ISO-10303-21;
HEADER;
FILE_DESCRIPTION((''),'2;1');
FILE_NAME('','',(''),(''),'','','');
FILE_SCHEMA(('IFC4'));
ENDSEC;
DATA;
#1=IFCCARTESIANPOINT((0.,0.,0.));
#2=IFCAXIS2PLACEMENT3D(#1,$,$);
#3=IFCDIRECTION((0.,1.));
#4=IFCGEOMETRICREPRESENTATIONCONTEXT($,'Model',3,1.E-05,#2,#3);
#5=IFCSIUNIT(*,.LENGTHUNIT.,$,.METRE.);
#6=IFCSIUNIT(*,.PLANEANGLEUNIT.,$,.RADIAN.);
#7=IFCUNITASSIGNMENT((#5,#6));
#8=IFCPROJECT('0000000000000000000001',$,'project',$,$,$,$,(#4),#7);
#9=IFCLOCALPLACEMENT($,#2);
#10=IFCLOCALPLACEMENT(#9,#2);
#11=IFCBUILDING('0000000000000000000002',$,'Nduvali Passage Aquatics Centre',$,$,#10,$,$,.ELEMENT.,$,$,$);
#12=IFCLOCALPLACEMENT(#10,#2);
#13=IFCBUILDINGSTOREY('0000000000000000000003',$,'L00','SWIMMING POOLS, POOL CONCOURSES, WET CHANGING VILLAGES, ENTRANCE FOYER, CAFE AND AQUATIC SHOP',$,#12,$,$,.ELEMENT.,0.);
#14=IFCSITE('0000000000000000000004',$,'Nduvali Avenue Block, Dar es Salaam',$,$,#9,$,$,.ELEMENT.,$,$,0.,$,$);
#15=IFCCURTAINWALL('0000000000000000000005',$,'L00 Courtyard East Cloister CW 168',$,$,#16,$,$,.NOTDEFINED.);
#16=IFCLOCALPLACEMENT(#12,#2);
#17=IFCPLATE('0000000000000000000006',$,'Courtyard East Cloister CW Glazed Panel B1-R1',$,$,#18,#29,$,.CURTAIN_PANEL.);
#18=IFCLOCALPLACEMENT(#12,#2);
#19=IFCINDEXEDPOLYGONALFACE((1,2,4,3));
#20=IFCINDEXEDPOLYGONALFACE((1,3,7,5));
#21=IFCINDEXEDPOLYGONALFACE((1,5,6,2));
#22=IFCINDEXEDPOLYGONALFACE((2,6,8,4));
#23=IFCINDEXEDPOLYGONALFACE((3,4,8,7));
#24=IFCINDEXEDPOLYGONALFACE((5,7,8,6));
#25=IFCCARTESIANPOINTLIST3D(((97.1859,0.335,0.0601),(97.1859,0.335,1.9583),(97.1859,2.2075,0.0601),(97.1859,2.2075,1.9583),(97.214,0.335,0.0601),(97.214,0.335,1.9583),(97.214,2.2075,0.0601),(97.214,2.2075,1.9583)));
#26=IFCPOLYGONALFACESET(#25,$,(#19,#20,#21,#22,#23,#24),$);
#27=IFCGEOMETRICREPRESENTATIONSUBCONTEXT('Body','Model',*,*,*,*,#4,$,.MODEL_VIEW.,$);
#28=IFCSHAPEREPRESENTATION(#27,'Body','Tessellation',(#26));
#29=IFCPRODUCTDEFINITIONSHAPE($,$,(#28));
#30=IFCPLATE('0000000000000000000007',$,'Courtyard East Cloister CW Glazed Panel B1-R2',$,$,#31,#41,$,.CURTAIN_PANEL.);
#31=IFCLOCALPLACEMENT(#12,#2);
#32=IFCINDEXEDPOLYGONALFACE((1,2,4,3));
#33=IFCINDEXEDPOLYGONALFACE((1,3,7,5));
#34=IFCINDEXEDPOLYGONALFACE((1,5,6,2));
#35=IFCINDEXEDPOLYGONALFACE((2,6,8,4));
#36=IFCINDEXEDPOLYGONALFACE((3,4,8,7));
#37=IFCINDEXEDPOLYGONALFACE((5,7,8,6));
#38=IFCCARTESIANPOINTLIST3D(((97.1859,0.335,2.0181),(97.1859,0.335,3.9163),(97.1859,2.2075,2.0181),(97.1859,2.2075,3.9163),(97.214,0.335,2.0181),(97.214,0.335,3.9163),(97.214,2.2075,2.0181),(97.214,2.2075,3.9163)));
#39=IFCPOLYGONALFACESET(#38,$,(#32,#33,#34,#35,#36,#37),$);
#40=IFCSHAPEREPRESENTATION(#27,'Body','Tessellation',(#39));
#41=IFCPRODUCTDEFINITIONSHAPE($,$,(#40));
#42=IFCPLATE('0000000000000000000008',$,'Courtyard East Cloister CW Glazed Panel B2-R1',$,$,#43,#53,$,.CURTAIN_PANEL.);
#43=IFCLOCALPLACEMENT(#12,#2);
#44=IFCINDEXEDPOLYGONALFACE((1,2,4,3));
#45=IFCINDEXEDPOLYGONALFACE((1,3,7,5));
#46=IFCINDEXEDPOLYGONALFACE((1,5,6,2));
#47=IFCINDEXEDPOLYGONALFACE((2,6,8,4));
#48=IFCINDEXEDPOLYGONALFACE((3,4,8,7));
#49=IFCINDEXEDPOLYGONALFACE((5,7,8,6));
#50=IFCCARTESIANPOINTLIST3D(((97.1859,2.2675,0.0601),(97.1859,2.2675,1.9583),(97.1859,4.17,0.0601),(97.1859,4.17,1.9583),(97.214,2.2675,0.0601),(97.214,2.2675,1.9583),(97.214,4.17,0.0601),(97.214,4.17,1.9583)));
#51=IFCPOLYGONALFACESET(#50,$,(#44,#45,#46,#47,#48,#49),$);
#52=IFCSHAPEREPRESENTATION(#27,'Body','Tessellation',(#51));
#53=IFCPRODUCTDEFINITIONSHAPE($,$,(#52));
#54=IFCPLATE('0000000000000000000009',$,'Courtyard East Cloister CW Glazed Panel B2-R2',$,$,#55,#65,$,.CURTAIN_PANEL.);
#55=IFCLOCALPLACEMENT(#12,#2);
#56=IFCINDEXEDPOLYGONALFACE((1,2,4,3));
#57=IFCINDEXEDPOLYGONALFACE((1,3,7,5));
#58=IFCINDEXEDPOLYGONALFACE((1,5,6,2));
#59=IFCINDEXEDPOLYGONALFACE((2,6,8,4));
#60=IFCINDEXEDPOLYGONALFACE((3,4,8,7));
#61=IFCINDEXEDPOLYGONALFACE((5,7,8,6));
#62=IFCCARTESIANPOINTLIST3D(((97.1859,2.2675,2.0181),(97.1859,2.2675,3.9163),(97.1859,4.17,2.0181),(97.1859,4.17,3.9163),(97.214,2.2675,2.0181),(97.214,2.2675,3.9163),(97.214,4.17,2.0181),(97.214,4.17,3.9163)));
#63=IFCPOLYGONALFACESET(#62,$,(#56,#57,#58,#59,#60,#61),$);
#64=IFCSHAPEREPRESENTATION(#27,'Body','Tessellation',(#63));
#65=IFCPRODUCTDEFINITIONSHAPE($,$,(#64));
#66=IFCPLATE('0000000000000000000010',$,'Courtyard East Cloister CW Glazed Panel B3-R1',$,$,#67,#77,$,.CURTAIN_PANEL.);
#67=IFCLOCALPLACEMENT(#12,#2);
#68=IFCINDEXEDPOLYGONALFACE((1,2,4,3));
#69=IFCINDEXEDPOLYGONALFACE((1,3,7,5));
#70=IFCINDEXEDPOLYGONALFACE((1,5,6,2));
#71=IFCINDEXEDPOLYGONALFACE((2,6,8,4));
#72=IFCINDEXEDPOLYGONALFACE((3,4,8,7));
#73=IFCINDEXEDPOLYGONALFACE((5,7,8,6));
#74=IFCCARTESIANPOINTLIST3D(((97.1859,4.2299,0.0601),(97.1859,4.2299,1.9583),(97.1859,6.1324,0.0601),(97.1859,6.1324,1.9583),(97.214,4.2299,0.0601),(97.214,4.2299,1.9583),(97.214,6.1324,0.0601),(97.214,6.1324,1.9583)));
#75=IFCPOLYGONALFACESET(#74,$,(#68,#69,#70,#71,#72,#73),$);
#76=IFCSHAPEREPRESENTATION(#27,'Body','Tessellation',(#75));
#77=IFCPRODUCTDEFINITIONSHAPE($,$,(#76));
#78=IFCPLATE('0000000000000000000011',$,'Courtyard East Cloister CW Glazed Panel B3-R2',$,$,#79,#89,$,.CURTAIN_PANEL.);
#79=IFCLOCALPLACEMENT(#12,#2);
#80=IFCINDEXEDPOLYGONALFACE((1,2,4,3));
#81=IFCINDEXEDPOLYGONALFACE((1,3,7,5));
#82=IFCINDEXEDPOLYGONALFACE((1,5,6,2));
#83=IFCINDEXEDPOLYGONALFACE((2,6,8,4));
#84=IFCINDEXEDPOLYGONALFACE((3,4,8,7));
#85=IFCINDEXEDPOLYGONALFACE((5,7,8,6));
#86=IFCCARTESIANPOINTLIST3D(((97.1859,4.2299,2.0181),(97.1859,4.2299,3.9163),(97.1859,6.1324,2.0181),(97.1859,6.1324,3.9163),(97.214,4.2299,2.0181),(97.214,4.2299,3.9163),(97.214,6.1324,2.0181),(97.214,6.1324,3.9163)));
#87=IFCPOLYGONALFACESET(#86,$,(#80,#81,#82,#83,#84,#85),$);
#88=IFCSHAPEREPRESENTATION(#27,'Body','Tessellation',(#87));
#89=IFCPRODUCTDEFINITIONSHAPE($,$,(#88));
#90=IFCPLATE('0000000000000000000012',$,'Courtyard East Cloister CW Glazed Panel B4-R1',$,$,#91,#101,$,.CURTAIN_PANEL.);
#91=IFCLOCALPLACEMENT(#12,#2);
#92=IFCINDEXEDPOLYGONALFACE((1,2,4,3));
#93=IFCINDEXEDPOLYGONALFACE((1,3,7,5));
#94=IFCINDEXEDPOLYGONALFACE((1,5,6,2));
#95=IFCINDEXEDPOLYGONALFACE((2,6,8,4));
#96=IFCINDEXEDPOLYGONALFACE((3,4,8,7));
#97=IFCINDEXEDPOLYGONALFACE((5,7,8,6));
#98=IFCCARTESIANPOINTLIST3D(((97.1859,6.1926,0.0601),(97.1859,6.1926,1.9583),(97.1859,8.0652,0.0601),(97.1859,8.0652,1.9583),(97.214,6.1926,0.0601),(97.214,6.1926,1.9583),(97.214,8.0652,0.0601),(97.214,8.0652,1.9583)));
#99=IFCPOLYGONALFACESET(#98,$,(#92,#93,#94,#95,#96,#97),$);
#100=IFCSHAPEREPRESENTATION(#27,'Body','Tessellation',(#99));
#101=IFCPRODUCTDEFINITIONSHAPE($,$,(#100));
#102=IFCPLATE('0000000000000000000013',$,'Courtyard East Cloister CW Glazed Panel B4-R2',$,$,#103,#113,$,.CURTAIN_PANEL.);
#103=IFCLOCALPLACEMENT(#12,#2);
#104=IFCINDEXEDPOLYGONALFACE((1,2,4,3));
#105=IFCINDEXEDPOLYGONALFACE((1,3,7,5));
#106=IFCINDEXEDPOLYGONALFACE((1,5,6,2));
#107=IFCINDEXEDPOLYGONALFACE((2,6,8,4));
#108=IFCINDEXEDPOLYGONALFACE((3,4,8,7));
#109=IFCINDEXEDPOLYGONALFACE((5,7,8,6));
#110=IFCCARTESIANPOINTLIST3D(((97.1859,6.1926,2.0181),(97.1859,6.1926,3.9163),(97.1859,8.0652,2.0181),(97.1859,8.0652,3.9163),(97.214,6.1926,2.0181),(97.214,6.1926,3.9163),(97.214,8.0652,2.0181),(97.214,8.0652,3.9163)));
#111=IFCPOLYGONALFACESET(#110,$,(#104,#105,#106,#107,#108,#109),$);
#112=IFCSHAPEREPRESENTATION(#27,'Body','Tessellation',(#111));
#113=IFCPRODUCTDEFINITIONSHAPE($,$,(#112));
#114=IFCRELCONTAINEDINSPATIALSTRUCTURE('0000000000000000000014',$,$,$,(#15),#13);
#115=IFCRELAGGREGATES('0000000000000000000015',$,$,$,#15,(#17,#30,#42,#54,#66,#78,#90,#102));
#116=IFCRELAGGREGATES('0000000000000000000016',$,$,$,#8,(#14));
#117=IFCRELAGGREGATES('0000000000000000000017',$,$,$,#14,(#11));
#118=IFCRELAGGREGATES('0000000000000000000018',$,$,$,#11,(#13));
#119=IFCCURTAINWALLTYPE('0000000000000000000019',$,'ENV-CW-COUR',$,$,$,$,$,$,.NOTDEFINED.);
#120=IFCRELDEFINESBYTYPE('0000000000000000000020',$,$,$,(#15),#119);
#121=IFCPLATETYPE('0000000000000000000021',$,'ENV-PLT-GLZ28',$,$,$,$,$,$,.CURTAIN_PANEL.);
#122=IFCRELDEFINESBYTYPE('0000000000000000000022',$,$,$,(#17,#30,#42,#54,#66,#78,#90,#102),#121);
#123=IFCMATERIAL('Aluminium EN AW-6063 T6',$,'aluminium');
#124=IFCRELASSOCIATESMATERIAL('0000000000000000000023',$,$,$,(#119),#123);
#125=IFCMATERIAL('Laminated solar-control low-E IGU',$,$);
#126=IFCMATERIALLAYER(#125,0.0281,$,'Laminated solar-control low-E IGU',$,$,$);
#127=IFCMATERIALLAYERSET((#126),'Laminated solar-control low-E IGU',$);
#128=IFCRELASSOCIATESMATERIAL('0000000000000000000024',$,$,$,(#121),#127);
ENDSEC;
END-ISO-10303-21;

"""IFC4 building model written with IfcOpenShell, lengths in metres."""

from ifc_helpers import new_model, si_unit, direction, frame, origin, origin_2d, place, context, subcontext, project, spatial, rectangle, extrude, material, layer, layer_set, type_object, element, aggregate, save


model = new_model("IFC4")

# Units and contexts
model_context = context("Model", 3, precision=1e-05, world=origin(), true_north=direction((0.0, 1.0)))
body_context = subcontext(model_context, "Body", "Model", "MODEL_VIEW")
ifc_project = project(units=[si_unit("LENGTHUNIT", "METRE"), si_unit("PLANEANGLEUNIT", "RADIAN")], contexts=[model_context])

# Site, building, storey
site_placement = place(None, origin())
site = spatial("IfcSite", under=ifc_project, at=site_placement, Name="Nduvali Avenue Block, Dar es Salaam", CompositionType="ELEMENT", RefElevation=0.0)
building_placement = place(site_placement, origin())
building = spatial("IfcBuilding", under=site, at=building_placement, Name="Nduvali Passage Aquatics Centre", CompositionType="ELEMENT")
storey_placement = place(building_placement, origin())
storey = spatial("IfcBuildingStorey", under=building, at=storey_placement, Name="L00", Description="SWIMMING POOLS, POOL CONCOURSES, WET CHANGING VILLAGES, ENTRANCE FOYER, CAFE AND AQUATIC SHOP", CompositionType="ELEMENT", Elevation=0.0)

# Curtain wall
ifc_material_1 = material(Name="Aluminium EN AW-6063 T6", Category="aluminium")
curtain_wall_type = type_object("IfcCurtainWallType", Name="ENV-CW-COUR", PredefinedType="NOTDEFINED", material=ifc_material_1)
curtain_wall_1_placement = place(storey_placement, origin())
curtain_wall_1 = element("IfcCurtainWall", 1, at=curtain_wall_1_placement, inside=storey, type_object=curtain_wall_type, Name="L00 Courtyard East Cloister CW 168", PredefinedType="NOTDEFINED")

# Plates
ifc_material_2 = material(Name="Laminated solar-control low-E IGU")
ifc_layer = layer(ifc_material_2, 0.0281, Name="Laminated solar-control low-E IGU")
ifc_layer_set = layer_set([ifc_layer], Name="Laminated solar-control low-E IGU")
plate_type = type_object("IfcPlateType", Name="ENV-PLT-GLZ28", PredefinedType="CURTAIN_PANEL", material=ifc_layer_set)
plate_1_placement = place(storey_placement, frame((97.2, 1.2712, 0.0601), z_axis=(0.0, 0.0, 1.0), x_axis=(0.0, 1.0, 0.0)))
plate_1 = element("IfcPlate", 2, at=plate_1_placement, type_object=plate_type, Name="Courtyard East Cloister CW Glazed Panel B1-R1", PredefinedType="CURTAIN_PANEL", context=body_context, shape_type="SweptSolid", body=[
    extrude(rectangle(XDim=1.8726, YDim=0.0281, at=origin_2d()), origin(), (0.0, 0.0, 1.0), 1.8982),
])
plate_2_placement = place(storey_placement, frame((97.2, 1.2712, 2.0181), z_axis=(0.0, 0.0, 1.0), x_axis=(0.0, 1.0, 0.0)))
plate_2 = element("IfcPlate", 3, at=plate_2_placement, type_object=plate_type, Name="Courtyard East Cloister CW Glazed Panel B1-R2", PredefinedType="CURTAIN_PANEL", context=body_context, shape_type="SweptSolid", body=[
    extrude(rectangle(XDim=1.8726, YDim=0.0281, at=origin_2d()), origin(), (0.0, 0.0, 1.0), 1.8982),
])
plate_3_placement = place(storey_placement, frame((97.2, 3.2188, 0.0601), z_axis=(0.0, 0.0, 1.0), x_axis=(0.0, 1.0, 0.0)))
plate_3 = element("IfcPlate", 4, at=plate_3_placement, type_object=plate_type, Name="Courtyard East Cloister CW Glazed Panel B2-R1", PredefinedType="CURTAIN_PANEL", context=body_context, shape_type="SweptSolid", body=[
    extrude(rectangle(XDim=1.9026, YDim=0.0281, at=origin_2d()), origin(), (0.0, 0.0, 1.0), 1.8982),
])
plate_4_placement = place(storey_placement, frame((97.2, 3.2188, 2.0181), z_axis=(0.0, 0.0, 1.0), x_axis=(0.0, 1.0, 0.0)))
plate_4 = element("IfcPlate", 5, at=plate_4_placement, type_object=plate_type, Name="Courtyard East Cloister CW Glazed Panel B2-R2", PredefinedType="CURTAIN_PANEL", context=body_context, shape_type="SweptSolid", body=[
    extrude(rectangle(XDim=1.9026, YDim=0.0281, at=origin_2d()), origin(), (0.0, 0.0, 1.0), 1.8982),
])
plate_5_placement = place(storey_placement, frame((97.2, 5.1812, 0.0601), z_axis=(0.0, 0.0, 1.0), x_axis=(0.0, 1.0, 0.0)))
plate_5 = element("IfcPlate", 6, at=plate_5_placement, type_object=plate_type, Name="Courtyard East Cloister CW Glazed Panel B3-R1", PredefinedType="CURTAIN_PANEL", context=body_context, shape_type="SweptSolid", body=[
    extrude(rectangle(XDim=1.9026, YDim=0.0281, at=origin_2d()), origin(), (0.0, 0.0, 1.0), 1.8982),
])
plate_6_placement = place(storey_placement, frame((97.2, 5.1812, 2.0181), z_axis=(0.0, 0.0, 1.0), x_axis=(0.0, 1.0, 0.0)))
plate_6 = element("IfcPlate", 7, at=plate_6_placement, type_object=plate_type, Name="Courtyard East Cloister CW Glazed Panel B3-R2", PredefinedType="CURTAIN_PANEL", context=body_context, shape_type="SweptSolid", body=[
    extrude(rectangle(XDim=1.9026, YDim=0.0281, at=origin_2d()), origin(), (0.0, 0.0, 1.0), 1.8982),
])
plate_7_placement = place(storey_placement, frame((97.2, 7.1289, 0.0601), z_axis=(0.0, 0.0, 1.0), x_axis=(0.0, 1.0, 0.0)))
plate_7 = element("IfcPlate", 8, at=plate_7_placement, type_object=plate_type, Name="Courtyard East Cloister CW Glazed Panel B4-R1", PredefinedType="CURTAIN_PANEL", context=body_context, shape_type="SweptSolid", body=[
    extrude(rectangle(XDim=1.8726, YDim=0.0281, at=origin_2d()), origin(), (0.0, 0.0, 1.0), 1.8982),
])
plate_8_placement = place(storey_placement, frame((97.2, 7.1289, 2.0181), z_axis=(0.0, 0.0, 1.0), x_axis=(0.0, 1.0, 0.0)))
plate_8 = element("IfcPlate", 9, at=plate_8_placement, type_object=plate_type, Name="Courtyard East Cloister CW Glazed Panel B4-R2", PredefinedType="CURTAIN_PANEL", context=body_context, shape_type="SweptSolid", body=[
    extrude(rectangle(XDim=1.8726, YDim=0.0281, at=origin_2d()), origin(), (0.0, 0.0, 1.0), 1.8982),
])
aggregate(curtain_wall_1, [plate_1, plate_2, plate_3, plate_4, plate_5, plate_6, plate_7, plate_8])

save(model, "model.ifc")
